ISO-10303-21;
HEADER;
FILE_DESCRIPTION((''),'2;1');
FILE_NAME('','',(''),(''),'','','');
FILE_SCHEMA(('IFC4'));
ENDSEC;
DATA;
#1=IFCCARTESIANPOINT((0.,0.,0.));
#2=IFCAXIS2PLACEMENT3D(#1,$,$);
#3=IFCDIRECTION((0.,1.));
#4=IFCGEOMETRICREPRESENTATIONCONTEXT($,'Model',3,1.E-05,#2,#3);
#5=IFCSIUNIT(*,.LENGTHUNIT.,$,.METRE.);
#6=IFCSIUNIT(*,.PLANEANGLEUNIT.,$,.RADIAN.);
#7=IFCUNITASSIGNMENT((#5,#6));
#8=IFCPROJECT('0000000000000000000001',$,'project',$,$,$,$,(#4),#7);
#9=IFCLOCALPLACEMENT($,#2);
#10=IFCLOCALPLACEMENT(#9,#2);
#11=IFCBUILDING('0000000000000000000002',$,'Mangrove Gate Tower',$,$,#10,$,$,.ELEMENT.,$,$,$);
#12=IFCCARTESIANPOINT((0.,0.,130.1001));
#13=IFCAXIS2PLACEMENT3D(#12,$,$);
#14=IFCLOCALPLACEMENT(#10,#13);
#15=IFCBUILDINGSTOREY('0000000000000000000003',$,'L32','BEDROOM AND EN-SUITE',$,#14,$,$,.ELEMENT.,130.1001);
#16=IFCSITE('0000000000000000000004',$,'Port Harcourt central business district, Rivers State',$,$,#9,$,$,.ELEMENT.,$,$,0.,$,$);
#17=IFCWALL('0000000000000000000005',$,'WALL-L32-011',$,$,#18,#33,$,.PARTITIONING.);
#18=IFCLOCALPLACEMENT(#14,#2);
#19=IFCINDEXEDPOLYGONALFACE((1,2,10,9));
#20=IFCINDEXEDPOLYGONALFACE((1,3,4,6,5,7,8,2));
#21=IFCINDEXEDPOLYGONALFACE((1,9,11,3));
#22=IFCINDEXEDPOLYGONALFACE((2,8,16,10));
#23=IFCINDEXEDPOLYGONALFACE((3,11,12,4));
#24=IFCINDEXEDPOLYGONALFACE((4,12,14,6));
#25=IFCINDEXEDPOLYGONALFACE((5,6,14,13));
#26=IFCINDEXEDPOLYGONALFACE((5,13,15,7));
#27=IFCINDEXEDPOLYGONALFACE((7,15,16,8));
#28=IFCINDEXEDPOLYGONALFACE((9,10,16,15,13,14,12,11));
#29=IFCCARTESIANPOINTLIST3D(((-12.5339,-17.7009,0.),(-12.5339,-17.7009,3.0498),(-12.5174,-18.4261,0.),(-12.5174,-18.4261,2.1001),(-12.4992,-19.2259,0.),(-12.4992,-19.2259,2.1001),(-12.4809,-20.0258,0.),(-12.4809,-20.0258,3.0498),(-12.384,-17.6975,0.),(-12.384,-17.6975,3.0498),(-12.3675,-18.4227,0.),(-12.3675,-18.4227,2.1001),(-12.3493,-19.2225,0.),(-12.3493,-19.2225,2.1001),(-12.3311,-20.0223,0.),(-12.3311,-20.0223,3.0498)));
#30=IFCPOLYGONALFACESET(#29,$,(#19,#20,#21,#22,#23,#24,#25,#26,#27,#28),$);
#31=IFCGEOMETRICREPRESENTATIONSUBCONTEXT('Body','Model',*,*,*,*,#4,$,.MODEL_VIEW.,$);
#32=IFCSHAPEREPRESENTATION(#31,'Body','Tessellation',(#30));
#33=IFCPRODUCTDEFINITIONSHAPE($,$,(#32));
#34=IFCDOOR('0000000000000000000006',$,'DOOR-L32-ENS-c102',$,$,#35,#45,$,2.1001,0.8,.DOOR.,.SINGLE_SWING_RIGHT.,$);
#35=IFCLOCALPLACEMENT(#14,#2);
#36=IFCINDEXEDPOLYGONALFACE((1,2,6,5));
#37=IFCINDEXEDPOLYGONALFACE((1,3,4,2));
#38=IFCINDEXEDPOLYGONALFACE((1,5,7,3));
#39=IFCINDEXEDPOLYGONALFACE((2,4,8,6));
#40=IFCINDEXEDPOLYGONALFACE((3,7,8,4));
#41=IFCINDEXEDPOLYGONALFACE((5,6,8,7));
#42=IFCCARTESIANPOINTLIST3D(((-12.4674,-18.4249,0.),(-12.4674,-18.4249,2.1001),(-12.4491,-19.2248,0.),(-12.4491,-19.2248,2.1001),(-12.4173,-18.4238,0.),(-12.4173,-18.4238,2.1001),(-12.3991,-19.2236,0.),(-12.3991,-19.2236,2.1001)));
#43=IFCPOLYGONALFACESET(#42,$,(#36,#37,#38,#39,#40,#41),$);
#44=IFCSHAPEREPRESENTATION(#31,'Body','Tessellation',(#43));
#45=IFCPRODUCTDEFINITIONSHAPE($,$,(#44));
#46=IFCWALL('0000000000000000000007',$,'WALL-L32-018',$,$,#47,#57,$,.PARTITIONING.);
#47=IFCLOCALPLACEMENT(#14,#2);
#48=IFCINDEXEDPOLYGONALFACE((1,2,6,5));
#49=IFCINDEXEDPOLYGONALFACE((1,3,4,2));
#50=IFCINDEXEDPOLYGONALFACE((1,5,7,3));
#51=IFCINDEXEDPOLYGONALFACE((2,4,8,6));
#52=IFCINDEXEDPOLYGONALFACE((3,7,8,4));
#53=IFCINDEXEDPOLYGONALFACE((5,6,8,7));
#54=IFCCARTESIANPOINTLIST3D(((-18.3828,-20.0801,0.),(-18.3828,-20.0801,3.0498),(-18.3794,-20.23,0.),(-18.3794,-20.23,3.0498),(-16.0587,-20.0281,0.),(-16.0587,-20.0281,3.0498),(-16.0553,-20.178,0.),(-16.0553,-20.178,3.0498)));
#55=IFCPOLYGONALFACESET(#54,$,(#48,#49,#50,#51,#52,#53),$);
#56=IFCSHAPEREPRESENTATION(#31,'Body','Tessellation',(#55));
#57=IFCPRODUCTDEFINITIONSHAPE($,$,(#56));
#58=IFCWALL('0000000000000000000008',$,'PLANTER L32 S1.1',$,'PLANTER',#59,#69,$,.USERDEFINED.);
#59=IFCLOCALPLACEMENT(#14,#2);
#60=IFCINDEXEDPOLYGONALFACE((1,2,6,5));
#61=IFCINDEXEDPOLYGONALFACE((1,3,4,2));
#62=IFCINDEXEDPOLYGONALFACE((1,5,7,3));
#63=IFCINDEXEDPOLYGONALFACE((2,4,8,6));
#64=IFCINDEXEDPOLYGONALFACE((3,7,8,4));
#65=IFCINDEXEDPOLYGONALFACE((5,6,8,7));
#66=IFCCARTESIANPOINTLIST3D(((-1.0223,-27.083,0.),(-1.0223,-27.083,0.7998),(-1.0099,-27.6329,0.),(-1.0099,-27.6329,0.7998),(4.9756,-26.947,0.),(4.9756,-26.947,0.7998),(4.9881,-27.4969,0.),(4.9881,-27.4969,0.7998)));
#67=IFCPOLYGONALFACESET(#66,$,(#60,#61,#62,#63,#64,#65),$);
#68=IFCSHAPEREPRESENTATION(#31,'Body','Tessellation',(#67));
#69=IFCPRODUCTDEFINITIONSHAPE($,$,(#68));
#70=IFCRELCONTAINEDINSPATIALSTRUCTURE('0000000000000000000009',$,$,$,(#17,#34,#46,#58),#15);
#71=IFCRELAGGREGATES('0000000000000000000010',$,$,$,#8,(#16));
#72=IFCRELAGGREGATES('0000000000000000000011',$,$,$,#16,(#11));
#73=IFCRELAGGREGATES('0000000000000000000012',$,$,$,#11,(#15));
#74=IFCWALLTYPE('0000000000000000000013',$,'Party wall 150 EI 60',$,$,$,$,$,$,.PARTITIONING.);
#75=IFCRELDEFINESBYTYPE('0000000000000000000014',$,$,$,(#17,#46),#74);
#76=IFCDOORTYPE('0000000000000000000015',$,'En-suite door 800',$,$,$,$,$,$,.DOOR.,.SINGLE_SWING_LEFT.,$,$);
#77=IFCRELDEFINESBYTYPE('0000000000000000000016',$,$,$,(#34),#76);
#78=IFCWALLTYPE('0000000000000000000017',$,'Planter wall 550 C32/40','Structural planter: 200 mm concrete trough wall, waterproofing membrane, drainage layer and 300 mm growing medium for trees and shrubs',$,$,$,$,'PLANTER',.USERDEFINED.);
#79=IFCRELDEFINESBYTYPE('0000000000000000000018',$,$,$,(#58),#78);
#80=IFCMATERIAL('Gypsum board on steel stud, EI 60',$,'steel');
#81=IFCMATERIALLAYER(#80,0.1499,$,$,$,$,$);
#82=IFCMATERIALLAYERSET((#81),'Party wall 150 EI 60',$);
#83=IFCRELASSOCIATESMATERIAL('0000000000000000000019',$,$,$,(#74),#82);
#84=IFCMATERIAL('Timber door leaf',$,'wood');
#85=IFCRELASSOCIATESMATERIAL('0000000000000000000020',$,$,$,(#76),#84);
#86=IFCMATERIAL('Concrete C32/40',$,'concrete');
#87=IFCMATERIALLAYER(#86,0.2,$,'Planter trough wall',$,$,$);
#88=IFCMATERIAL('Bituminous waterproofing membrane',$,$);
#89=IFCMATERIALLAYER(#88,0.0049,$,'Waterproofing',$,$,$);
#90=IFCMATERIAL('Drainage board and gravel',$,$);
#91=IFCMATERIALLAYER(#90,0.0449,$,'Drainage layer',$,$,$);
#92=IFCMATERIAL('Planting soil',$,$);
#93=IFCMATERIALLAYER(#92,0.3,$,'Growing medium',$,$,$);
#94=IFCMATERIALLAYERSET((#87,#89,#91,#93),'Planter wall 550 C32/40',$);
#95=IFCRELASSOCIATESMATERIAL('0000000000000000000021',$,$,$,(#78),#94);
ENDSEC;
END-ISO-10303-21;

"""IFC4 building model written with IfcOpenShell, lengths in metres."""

from ifc_helpers import new_model, si_unit, direction, frame, frame_2d, origin, place, context, subcontext, project, spatial, rectangle, extrude, material, layer, layer_set, type_object, element, fill, save


model = new_model("IFC4")

# Units and contexts
model_context = context("Model", 3, precision=1e-05, world=origin(), true_north=direction((0.0, 1.0)))
body_context = subcontext(model_context, "Body", "Model", "MODEL_VIEW")
ifc_project = project(units=[si_unit("LENGTHUNIT", "METRE"), si_unit("PLANEANGLEUNIT", "RADIAN")], contexts=[model_context])

# Site, building, storey
site_placement = place(None, origin())
site = spatial("IfcSite", under=ifc_project, at=site_placement, Name="Port Harcourt central business district, Rivers State", CompositionType="ELEMENT", RefElevation=0.0)
building_placement = place(site_placement, origin())
building = spatial("IfcBuilding", under=site, at=building_placement, Name="Mangrove Gate Tower", CompositionType="ELEMENT")
storey_placement = place(building_placement, frame((0.0, 0.0, 130.1001)))
storey = spatial("IfcBuildingStorey", under=building, at=storey_placement, Name="L32", Description="BEDROOM AND EN-SUITE", CompositionType="ELEMENT", Elevation=130.1001)

# Shared definitions
ifc_material_1 = material(Name="Gypsum board on steel stud, EI 60", Category="steel")
ifc_layer_1 = layer(ifc_material_1, 0.1499)
ifc_layer_set_1 = layer_set([ifc_layer_1], Name="Party wall 150 EI 60")
wall_type_1 = type_object("IfcWallType", Name="Party wall 150 EI 60", PredefinedType="PARTITIONING", material=ifc_layer_set_1)

# Wall, opening, door
ifc_material_2 = material(Name="Timber door leaf", Category="wood")
door_type = type_object("IfcDoorType", Name="En-suite door 800", OperationType="SINGLE_SWING_LEFT", PredefinedType="DOOR", material=ifc_material_2)
wall_1_placement = place(storey_placement, frame((-12.406, -20.0239, 0.0), z_axis=(0.0, 0.0, 1.0), x_axis=(-0.022781, 0.99974, 0.0)))
wall_1 = element("IfcWall", 1, at=wall_1_placement, inside=storey, type_object=wall_type_1, Name="WALL-L32-011", PredefinedType="PARTITIONING", context=body_context, shape_type="SweptSolid", body=[
    extrude(rectangle(XDim=2.3254, YDim=0.1499, at=frame_2d((1.1626, 0.0))), origin(), (0.0, 0.0, 1.0), 3.0498),
])
opening_1_placement = place(wall_1_placement, frame((0.8, 0.0, 0.0)))
opening_1 = element("IfcOpeningElement", 2, at=opening_1_placement, cuts=wall_1, PredefinedType="OPENING", context=body_context, shape_type="SweptSolid", body=[
    extrude(rectangle(XDim=0.8, YDim=2.1001, at=frame_2d((0.3999, 1.05))), frame((0.0, 0.085, 0.0), z_axis=(0.0, -1.0, 0.0), x_axis=(1.0, 0.0, 0.0)), (0.0, 0.0, 1.0), 0.1699),
])
door_1_placement = place(opening_1_placement, origin())
door_1 = element("IfcDoor", 3, at=door_1_placement, inside=storey, type_object=door_type, Name="DOOR-L32-ENS-c102", OperationType="SINGLE_SWING_RIGHT", OverallHeight=2.1001, OverallWidth=0.8, PredefinedType="DOOR", context=body_context, shape_type="SweptSolid", body=[
    extrude(rectangle(XDim=0.8, YDim=2.1001, at=frame_2d((0.3999, 1.05))), frame((0.0, 0.0249, 0.0), z_axis=(0.0, -1.0, 0.0), x_axis=(1.0, 0.0, 0.0)), (0.0, 0.0, 1.0), 0.05),
])
fill(opening_1, door_1)

# Walls
wall_2_placement = place(storey_placement, frame((-18.3811, -20.155, 0.0), z_axis=(0.0, 0.0, 1.0), x_axis=(0.99975, 0.022368, 0.0)))
element("IfcWall", 4, at=wall_2_placement, inside=storey, type_object=wall_type_1, Name="WALL-L32-018", PredefinedType="PARTITIONING", context=body_context, shape_type="SweptSolid", body=[
    extrude(rectangle(XDim=2.3247, YDim=0.1499, at=frame_2d((1.1624, 0.0))), origin(), (0.0, 0.0, 1.0), 3.0498),
])
ifc_material_3 = material(Name="Concrete C32/40", Category="concrete")
ifc_layer_2 = layer(ifc_material_3, 0.2, Name="Planter trough wall")
ifc_material_4 = material(Name="Bituminous waterproofing membrane")
ifc_layer_3 = layer(ifc_material_4, 0.0049, Name="Waterproofing")
ifc_material_5 = material(Name="Drainage board and gravel")
ifc_layer_4 = layer(ifc_material_5, 0.0449, Name="Drainage layer")
ifc_material_6 = material(Name="Planting soil")
ifc_layer_5 = layer(ifc_material_6, 0.3, Name="Growing medium")
ifc_layer_set_2 = layer_set([ifc_layer_2, ifc_layer_3, ifc_layer_4, ifc_layer_5], Name="Planter wall 550 C32/40")
wall_type_2 = type_object("IfcWallType", Name="Planter wall 550 C32/40", Description="Structural planter: 200 mm concrete trough wall, waterproofing membrane, drainage layer and 300 mm growing medium for trees and shrubs", ElementType="PLANTER", PredefinedType="USERDEFINED", material=ifc_layer_set_2)
wall_3_placement = place(storey_placement, frame((-1.0161, -27.3579, 0.0), z_axis=(0.0, 0.0, 1.0), x_axis=(0.999743, 0.022666, 0.0)))
element("IfcWall", 5, at=wall_3_placement, inside=storey, type_object=wall_type_2, Name="PLANTER L32 S1.1", ObjectType="PLANTER", PredefinedType="USERDEFINED", context=body_context, shape_type="SweptSolid", body=[
    extrude(rectangle(XDim=5.9995, YDim=0.55, at=frame_2d((2.9998, 0.0))), origin(), (0.0, 0.0, 1.0), 0.7998),
])

save(model, "model.ifc")
